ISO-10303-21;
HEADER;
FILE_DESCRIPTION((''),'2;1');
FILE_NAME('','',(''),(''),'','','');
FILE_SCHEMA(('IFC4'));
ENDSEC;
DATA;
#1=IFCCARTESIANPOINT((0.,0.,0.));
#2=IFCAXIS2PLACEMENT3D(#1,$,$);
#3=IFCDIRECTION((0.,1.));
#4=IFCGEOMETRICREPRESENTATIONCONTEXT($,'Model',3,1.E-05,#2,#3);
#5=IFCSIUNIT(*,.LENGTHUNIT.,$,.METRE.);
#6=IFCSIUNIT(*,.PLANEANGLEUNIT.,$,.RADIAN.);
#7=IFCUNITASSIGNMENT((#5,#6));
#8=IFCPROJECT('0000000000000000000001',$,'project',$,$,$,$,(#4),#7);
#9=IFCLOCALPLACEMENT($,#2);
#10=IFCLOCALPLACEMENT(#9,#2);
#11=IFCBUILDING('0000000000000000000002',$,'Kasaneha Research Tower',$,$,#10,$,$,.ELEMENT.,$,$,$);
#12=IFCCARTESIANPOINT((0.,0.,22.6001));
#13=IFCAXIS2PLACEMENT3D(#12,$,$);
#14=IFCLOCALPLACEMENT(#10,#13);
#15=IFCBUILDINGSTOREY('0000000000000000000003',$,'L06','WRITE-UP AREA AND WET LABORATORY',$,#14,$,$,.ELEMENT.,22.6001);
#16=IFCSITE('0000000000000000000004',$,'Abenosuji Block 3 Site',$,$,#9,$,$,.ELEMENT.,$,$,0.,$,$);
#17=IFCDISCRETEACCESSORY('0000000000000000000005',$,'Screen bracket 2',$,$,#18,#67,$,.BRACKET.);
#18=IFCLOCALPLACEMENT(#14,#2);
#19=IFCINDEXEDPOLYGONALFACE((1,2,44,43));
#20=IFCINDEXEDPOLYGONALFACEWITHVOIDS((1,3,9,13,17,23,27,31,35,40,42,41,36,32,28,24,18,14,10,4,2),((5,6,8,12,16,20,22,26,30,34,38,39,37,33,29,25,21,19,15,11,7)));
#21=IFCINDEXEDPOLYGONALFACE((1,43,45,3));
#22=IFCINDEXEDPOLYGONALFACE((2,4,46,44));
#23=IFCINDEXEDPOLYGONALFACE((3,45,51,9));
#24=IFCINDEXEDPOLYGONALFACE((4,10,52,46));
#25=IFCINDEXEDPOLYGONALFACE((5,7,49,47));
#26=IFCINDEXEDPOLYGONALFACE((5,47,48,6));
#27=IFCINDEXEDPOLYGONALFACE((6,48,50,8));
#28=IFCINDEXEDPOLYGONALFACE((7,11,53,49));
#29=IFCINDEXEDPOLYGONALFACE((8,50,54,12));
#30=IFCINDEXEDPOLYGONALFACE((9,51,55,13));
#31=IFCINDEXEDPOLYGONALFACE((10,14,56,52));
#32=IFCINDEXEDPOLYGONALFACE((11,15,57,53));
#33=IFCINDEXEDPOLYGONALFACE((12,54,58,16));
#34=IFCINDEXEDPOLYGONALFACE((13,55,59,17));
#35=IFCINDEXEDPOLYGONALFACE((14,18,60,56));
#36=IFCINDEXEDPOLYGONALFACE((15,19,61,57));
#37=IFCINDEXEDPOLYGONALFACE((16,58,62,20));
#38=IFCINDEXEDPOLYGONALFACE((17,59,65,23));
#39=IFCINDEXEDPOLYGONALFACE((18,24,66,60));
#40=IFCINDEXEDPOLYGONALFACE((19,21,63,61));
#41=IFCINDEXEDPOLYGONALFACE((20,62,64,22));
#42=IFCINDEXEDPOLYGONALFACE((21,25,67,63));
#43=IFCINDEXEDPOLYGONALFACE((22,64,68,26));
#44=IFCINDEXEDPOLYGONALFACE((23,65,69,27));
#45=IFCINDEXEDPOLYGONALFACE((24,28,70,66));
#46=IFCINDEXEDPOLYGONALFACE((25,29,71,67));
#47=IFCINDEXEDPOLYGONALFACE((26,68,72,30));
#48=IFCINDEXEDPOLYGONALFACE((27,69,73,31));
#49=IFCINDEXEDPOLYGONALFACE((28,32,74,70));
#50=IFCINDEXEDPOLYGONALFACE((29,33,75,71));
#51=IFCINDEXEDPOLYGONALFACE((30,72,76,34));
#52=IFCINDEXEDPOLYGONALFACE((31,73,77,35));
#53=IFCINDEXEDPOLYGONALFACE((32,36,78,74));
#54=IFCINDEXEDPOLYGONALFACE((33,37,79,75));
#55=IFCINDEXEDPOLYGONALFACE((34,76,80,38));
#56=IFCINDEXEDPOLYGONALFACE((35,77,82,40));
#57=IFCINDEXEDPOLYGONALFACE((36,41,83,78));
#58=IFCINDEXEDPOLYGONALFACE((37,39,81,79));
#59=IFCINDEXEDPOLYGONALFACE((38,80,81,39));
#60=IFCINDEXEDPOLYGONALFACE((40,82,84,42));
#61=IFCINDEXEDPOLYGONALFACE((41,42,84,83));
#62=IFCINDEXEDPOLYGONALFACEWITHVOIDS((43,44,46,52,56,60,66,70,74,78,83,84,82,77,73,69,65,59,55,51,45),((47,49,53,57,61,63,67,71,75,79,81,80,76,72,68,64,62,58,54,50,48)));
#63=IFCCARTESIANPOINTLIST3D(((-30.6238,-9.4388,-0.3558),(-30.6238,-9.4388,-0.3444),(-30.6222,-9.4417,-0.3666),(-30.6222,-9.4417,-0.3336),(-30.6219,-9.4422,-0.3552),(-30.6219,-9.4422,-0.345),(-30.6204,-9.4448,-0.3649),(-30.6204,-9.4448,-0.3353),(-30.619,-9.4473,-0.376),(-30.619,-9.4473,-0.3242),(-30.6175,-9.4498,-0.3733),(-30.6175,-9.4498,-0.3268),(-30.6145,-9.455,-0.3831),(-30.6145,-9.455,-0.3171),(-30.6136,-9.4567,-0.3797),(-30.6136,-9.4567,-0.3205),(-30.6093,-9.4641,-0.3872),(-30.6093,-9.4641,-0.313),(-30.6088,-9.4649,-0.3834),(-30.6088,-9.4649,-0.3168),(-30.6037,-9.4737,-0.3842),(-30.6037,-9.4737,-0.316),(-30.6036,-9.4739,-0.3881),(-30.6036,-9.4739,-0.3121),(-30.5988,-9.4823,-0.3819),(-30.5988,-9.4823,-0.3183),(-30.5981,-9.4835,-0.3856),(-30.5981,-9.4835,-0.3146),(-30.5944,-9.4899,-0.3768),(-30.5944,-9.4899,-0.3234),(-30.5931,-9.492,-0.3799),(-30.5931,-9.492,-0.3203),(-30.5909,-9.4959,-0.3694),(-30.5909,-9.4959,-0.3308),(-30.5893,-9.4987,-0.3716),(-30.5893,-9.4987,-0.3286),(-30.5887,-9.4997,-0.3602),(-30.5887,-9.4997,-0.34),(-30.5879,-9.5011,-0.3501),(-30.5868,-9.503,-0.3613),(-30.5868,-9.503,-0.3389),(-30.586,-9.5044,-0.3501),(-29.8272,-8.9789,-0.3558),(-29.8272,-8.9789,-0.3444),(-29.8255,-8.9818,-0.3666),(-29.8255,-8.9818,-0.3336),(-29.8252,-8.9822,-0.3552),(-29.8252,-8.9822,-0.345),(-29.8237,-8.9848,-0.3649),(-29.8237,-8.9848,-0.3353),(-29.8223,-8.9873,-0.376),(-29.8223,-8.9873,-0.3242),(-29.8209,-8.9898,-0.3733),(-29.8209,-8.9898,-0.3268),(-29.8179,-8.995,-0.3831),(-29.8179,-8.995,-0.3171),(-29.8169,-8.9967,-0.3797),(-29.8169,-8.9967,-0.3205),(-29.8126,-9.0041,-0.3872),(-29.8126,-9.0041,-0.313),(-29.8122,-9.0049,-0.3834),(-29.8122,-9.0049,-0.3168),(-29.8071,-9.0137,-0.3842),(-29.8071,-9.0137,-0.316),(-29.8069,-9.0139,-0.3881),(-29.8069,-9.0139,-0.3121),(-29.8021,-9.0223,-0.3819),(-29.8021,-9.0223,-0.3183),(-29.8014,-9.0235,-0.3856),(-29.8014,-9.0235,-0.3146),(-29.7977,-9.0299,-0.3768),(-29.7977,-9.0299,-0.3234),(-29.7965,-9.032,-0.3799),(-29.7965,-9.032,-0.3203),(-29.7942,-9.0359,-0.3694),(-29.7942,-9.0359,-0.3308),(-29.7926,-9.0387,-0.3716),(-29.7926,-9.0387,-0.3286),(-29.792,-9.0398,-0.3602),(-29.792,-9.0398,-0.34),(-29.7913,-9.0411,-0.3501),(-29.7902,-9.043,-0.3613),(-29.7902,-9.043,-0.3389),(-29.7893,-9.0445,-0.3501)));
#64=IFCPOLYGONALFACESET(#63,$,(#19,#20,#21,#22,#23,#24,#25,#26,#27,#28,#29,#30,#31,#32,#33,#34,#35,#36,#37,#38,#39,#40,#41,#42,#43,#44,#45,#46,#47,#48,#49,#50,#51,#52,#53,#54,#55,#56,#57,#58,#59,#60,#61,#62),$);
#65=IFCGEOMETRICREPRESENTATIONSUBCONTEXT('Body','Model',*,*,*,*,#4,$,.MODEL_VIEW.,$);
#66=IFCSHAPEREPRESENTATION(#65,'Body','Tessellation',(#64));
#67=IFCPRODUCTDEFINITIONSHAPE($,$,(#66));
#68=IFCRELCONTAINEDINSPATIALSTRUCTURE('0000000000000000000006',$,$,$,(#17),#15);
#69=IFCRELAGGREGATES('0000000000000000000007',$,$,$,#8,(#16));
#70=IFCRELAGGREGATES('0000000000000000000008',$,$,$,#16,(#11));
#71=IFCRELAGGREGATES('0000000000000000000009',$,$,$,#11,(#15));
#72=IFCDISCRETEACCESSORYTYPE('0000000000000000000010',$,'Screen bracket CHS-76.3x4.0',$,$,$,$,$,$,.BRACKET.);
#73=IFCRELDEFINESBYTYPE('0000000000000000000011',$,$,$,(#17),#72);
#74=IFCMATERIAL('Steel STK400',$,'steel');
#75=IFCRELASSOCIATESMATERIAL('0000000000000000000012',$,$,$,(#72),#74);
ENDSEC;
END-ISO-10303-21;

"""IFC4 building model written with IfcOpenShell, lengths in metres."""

from ifc_helpers import new_model, si_unit, direction, frame, origin, origin_2d, place, context, subcontext, project, spatial, hollow_circle, extrude, material, material_profile, profile_set, type_object, element, save


model = new_model("IFC4")

# Units and contexts
model_context = context("Model", 3, precision=1e-05, world=origin(), true_north=direction((0.0, 1.0)))
body_context = subcontext(model_context, "Body", "Model", "MODEL_VIEW")
ifc_project = project(units=[si_unit("LENGTHUNIT", "METRE"), si_unit("PLANEANGLEUNIT", "RADIAN")], contexts=[model_context])

# Site, building, storey
site_placement = place(None, origin())
site = spatial("IfcSite", under=ifc_project, at=site_placement, Name="Abenosuji Block 3 Site", CompositionType="ELEMENT", RefElevation=0.0)
building_placement = place(site_placement, origin())
building = spatial("IfcBuilding", under=site, at=building_placement, Name="Kasaneha Research Tower", CompositionType="ELEMENT")
storey_placement = place(building_placement, frame((0.0, 0.0, 22.6001)))
storey = spatial("IfcBuildingStorey", under=building, at=storey_placement, Name="L06", Description="WRITE-UP AREA AND WET LABORATORY", CompositionType="ELEMENT", Elevation=22.6001)

# Discrete accessory
ifc_material_1 = material(Name="Steel STK400", Category="steel")
ifc_material_profile_1 = material_profile(ifc_material_1, hollow_circle(Radius=0.0381, WallThickness=0.0039, at=origin_2d()), Name="CHS-76.3x4.0")
ifc_profile_set_1 = profile_set([ifc_material_profile_1], Name="Steel STK400")
discrete_accessory_type = type_object("IfcDiscreteAccessoryType", Name="Screen bracket CHS-76.3x4.0", PredefinedType="BRACKET", material=ifc_profile_set_1)
discrete_accessory_1_placement = place(storey_placement, frame((-29.8083, -9.0115, -0.3501), z_axis=(-0.866013, -0.500021, 0.0), x_axis=(0.500021, -0.866013, 0.0)))
element("IfcDiscreteAccessory", 1, at=discrete_accessory_1_placement, inside=storey, type_object=discrete_accessory_type, Name="Screen bracket 2", PredefinedType="BRACKET", context=body_context, shape_type="SweptSolid", body=[
    extrude(hollow_circle(Radius=0.0381, WallThickness=0.0039, at=origin_2d()), origin(), (0.0, 0.0, 1.0), 0.9199),
])

save(model, "model.ifc")
